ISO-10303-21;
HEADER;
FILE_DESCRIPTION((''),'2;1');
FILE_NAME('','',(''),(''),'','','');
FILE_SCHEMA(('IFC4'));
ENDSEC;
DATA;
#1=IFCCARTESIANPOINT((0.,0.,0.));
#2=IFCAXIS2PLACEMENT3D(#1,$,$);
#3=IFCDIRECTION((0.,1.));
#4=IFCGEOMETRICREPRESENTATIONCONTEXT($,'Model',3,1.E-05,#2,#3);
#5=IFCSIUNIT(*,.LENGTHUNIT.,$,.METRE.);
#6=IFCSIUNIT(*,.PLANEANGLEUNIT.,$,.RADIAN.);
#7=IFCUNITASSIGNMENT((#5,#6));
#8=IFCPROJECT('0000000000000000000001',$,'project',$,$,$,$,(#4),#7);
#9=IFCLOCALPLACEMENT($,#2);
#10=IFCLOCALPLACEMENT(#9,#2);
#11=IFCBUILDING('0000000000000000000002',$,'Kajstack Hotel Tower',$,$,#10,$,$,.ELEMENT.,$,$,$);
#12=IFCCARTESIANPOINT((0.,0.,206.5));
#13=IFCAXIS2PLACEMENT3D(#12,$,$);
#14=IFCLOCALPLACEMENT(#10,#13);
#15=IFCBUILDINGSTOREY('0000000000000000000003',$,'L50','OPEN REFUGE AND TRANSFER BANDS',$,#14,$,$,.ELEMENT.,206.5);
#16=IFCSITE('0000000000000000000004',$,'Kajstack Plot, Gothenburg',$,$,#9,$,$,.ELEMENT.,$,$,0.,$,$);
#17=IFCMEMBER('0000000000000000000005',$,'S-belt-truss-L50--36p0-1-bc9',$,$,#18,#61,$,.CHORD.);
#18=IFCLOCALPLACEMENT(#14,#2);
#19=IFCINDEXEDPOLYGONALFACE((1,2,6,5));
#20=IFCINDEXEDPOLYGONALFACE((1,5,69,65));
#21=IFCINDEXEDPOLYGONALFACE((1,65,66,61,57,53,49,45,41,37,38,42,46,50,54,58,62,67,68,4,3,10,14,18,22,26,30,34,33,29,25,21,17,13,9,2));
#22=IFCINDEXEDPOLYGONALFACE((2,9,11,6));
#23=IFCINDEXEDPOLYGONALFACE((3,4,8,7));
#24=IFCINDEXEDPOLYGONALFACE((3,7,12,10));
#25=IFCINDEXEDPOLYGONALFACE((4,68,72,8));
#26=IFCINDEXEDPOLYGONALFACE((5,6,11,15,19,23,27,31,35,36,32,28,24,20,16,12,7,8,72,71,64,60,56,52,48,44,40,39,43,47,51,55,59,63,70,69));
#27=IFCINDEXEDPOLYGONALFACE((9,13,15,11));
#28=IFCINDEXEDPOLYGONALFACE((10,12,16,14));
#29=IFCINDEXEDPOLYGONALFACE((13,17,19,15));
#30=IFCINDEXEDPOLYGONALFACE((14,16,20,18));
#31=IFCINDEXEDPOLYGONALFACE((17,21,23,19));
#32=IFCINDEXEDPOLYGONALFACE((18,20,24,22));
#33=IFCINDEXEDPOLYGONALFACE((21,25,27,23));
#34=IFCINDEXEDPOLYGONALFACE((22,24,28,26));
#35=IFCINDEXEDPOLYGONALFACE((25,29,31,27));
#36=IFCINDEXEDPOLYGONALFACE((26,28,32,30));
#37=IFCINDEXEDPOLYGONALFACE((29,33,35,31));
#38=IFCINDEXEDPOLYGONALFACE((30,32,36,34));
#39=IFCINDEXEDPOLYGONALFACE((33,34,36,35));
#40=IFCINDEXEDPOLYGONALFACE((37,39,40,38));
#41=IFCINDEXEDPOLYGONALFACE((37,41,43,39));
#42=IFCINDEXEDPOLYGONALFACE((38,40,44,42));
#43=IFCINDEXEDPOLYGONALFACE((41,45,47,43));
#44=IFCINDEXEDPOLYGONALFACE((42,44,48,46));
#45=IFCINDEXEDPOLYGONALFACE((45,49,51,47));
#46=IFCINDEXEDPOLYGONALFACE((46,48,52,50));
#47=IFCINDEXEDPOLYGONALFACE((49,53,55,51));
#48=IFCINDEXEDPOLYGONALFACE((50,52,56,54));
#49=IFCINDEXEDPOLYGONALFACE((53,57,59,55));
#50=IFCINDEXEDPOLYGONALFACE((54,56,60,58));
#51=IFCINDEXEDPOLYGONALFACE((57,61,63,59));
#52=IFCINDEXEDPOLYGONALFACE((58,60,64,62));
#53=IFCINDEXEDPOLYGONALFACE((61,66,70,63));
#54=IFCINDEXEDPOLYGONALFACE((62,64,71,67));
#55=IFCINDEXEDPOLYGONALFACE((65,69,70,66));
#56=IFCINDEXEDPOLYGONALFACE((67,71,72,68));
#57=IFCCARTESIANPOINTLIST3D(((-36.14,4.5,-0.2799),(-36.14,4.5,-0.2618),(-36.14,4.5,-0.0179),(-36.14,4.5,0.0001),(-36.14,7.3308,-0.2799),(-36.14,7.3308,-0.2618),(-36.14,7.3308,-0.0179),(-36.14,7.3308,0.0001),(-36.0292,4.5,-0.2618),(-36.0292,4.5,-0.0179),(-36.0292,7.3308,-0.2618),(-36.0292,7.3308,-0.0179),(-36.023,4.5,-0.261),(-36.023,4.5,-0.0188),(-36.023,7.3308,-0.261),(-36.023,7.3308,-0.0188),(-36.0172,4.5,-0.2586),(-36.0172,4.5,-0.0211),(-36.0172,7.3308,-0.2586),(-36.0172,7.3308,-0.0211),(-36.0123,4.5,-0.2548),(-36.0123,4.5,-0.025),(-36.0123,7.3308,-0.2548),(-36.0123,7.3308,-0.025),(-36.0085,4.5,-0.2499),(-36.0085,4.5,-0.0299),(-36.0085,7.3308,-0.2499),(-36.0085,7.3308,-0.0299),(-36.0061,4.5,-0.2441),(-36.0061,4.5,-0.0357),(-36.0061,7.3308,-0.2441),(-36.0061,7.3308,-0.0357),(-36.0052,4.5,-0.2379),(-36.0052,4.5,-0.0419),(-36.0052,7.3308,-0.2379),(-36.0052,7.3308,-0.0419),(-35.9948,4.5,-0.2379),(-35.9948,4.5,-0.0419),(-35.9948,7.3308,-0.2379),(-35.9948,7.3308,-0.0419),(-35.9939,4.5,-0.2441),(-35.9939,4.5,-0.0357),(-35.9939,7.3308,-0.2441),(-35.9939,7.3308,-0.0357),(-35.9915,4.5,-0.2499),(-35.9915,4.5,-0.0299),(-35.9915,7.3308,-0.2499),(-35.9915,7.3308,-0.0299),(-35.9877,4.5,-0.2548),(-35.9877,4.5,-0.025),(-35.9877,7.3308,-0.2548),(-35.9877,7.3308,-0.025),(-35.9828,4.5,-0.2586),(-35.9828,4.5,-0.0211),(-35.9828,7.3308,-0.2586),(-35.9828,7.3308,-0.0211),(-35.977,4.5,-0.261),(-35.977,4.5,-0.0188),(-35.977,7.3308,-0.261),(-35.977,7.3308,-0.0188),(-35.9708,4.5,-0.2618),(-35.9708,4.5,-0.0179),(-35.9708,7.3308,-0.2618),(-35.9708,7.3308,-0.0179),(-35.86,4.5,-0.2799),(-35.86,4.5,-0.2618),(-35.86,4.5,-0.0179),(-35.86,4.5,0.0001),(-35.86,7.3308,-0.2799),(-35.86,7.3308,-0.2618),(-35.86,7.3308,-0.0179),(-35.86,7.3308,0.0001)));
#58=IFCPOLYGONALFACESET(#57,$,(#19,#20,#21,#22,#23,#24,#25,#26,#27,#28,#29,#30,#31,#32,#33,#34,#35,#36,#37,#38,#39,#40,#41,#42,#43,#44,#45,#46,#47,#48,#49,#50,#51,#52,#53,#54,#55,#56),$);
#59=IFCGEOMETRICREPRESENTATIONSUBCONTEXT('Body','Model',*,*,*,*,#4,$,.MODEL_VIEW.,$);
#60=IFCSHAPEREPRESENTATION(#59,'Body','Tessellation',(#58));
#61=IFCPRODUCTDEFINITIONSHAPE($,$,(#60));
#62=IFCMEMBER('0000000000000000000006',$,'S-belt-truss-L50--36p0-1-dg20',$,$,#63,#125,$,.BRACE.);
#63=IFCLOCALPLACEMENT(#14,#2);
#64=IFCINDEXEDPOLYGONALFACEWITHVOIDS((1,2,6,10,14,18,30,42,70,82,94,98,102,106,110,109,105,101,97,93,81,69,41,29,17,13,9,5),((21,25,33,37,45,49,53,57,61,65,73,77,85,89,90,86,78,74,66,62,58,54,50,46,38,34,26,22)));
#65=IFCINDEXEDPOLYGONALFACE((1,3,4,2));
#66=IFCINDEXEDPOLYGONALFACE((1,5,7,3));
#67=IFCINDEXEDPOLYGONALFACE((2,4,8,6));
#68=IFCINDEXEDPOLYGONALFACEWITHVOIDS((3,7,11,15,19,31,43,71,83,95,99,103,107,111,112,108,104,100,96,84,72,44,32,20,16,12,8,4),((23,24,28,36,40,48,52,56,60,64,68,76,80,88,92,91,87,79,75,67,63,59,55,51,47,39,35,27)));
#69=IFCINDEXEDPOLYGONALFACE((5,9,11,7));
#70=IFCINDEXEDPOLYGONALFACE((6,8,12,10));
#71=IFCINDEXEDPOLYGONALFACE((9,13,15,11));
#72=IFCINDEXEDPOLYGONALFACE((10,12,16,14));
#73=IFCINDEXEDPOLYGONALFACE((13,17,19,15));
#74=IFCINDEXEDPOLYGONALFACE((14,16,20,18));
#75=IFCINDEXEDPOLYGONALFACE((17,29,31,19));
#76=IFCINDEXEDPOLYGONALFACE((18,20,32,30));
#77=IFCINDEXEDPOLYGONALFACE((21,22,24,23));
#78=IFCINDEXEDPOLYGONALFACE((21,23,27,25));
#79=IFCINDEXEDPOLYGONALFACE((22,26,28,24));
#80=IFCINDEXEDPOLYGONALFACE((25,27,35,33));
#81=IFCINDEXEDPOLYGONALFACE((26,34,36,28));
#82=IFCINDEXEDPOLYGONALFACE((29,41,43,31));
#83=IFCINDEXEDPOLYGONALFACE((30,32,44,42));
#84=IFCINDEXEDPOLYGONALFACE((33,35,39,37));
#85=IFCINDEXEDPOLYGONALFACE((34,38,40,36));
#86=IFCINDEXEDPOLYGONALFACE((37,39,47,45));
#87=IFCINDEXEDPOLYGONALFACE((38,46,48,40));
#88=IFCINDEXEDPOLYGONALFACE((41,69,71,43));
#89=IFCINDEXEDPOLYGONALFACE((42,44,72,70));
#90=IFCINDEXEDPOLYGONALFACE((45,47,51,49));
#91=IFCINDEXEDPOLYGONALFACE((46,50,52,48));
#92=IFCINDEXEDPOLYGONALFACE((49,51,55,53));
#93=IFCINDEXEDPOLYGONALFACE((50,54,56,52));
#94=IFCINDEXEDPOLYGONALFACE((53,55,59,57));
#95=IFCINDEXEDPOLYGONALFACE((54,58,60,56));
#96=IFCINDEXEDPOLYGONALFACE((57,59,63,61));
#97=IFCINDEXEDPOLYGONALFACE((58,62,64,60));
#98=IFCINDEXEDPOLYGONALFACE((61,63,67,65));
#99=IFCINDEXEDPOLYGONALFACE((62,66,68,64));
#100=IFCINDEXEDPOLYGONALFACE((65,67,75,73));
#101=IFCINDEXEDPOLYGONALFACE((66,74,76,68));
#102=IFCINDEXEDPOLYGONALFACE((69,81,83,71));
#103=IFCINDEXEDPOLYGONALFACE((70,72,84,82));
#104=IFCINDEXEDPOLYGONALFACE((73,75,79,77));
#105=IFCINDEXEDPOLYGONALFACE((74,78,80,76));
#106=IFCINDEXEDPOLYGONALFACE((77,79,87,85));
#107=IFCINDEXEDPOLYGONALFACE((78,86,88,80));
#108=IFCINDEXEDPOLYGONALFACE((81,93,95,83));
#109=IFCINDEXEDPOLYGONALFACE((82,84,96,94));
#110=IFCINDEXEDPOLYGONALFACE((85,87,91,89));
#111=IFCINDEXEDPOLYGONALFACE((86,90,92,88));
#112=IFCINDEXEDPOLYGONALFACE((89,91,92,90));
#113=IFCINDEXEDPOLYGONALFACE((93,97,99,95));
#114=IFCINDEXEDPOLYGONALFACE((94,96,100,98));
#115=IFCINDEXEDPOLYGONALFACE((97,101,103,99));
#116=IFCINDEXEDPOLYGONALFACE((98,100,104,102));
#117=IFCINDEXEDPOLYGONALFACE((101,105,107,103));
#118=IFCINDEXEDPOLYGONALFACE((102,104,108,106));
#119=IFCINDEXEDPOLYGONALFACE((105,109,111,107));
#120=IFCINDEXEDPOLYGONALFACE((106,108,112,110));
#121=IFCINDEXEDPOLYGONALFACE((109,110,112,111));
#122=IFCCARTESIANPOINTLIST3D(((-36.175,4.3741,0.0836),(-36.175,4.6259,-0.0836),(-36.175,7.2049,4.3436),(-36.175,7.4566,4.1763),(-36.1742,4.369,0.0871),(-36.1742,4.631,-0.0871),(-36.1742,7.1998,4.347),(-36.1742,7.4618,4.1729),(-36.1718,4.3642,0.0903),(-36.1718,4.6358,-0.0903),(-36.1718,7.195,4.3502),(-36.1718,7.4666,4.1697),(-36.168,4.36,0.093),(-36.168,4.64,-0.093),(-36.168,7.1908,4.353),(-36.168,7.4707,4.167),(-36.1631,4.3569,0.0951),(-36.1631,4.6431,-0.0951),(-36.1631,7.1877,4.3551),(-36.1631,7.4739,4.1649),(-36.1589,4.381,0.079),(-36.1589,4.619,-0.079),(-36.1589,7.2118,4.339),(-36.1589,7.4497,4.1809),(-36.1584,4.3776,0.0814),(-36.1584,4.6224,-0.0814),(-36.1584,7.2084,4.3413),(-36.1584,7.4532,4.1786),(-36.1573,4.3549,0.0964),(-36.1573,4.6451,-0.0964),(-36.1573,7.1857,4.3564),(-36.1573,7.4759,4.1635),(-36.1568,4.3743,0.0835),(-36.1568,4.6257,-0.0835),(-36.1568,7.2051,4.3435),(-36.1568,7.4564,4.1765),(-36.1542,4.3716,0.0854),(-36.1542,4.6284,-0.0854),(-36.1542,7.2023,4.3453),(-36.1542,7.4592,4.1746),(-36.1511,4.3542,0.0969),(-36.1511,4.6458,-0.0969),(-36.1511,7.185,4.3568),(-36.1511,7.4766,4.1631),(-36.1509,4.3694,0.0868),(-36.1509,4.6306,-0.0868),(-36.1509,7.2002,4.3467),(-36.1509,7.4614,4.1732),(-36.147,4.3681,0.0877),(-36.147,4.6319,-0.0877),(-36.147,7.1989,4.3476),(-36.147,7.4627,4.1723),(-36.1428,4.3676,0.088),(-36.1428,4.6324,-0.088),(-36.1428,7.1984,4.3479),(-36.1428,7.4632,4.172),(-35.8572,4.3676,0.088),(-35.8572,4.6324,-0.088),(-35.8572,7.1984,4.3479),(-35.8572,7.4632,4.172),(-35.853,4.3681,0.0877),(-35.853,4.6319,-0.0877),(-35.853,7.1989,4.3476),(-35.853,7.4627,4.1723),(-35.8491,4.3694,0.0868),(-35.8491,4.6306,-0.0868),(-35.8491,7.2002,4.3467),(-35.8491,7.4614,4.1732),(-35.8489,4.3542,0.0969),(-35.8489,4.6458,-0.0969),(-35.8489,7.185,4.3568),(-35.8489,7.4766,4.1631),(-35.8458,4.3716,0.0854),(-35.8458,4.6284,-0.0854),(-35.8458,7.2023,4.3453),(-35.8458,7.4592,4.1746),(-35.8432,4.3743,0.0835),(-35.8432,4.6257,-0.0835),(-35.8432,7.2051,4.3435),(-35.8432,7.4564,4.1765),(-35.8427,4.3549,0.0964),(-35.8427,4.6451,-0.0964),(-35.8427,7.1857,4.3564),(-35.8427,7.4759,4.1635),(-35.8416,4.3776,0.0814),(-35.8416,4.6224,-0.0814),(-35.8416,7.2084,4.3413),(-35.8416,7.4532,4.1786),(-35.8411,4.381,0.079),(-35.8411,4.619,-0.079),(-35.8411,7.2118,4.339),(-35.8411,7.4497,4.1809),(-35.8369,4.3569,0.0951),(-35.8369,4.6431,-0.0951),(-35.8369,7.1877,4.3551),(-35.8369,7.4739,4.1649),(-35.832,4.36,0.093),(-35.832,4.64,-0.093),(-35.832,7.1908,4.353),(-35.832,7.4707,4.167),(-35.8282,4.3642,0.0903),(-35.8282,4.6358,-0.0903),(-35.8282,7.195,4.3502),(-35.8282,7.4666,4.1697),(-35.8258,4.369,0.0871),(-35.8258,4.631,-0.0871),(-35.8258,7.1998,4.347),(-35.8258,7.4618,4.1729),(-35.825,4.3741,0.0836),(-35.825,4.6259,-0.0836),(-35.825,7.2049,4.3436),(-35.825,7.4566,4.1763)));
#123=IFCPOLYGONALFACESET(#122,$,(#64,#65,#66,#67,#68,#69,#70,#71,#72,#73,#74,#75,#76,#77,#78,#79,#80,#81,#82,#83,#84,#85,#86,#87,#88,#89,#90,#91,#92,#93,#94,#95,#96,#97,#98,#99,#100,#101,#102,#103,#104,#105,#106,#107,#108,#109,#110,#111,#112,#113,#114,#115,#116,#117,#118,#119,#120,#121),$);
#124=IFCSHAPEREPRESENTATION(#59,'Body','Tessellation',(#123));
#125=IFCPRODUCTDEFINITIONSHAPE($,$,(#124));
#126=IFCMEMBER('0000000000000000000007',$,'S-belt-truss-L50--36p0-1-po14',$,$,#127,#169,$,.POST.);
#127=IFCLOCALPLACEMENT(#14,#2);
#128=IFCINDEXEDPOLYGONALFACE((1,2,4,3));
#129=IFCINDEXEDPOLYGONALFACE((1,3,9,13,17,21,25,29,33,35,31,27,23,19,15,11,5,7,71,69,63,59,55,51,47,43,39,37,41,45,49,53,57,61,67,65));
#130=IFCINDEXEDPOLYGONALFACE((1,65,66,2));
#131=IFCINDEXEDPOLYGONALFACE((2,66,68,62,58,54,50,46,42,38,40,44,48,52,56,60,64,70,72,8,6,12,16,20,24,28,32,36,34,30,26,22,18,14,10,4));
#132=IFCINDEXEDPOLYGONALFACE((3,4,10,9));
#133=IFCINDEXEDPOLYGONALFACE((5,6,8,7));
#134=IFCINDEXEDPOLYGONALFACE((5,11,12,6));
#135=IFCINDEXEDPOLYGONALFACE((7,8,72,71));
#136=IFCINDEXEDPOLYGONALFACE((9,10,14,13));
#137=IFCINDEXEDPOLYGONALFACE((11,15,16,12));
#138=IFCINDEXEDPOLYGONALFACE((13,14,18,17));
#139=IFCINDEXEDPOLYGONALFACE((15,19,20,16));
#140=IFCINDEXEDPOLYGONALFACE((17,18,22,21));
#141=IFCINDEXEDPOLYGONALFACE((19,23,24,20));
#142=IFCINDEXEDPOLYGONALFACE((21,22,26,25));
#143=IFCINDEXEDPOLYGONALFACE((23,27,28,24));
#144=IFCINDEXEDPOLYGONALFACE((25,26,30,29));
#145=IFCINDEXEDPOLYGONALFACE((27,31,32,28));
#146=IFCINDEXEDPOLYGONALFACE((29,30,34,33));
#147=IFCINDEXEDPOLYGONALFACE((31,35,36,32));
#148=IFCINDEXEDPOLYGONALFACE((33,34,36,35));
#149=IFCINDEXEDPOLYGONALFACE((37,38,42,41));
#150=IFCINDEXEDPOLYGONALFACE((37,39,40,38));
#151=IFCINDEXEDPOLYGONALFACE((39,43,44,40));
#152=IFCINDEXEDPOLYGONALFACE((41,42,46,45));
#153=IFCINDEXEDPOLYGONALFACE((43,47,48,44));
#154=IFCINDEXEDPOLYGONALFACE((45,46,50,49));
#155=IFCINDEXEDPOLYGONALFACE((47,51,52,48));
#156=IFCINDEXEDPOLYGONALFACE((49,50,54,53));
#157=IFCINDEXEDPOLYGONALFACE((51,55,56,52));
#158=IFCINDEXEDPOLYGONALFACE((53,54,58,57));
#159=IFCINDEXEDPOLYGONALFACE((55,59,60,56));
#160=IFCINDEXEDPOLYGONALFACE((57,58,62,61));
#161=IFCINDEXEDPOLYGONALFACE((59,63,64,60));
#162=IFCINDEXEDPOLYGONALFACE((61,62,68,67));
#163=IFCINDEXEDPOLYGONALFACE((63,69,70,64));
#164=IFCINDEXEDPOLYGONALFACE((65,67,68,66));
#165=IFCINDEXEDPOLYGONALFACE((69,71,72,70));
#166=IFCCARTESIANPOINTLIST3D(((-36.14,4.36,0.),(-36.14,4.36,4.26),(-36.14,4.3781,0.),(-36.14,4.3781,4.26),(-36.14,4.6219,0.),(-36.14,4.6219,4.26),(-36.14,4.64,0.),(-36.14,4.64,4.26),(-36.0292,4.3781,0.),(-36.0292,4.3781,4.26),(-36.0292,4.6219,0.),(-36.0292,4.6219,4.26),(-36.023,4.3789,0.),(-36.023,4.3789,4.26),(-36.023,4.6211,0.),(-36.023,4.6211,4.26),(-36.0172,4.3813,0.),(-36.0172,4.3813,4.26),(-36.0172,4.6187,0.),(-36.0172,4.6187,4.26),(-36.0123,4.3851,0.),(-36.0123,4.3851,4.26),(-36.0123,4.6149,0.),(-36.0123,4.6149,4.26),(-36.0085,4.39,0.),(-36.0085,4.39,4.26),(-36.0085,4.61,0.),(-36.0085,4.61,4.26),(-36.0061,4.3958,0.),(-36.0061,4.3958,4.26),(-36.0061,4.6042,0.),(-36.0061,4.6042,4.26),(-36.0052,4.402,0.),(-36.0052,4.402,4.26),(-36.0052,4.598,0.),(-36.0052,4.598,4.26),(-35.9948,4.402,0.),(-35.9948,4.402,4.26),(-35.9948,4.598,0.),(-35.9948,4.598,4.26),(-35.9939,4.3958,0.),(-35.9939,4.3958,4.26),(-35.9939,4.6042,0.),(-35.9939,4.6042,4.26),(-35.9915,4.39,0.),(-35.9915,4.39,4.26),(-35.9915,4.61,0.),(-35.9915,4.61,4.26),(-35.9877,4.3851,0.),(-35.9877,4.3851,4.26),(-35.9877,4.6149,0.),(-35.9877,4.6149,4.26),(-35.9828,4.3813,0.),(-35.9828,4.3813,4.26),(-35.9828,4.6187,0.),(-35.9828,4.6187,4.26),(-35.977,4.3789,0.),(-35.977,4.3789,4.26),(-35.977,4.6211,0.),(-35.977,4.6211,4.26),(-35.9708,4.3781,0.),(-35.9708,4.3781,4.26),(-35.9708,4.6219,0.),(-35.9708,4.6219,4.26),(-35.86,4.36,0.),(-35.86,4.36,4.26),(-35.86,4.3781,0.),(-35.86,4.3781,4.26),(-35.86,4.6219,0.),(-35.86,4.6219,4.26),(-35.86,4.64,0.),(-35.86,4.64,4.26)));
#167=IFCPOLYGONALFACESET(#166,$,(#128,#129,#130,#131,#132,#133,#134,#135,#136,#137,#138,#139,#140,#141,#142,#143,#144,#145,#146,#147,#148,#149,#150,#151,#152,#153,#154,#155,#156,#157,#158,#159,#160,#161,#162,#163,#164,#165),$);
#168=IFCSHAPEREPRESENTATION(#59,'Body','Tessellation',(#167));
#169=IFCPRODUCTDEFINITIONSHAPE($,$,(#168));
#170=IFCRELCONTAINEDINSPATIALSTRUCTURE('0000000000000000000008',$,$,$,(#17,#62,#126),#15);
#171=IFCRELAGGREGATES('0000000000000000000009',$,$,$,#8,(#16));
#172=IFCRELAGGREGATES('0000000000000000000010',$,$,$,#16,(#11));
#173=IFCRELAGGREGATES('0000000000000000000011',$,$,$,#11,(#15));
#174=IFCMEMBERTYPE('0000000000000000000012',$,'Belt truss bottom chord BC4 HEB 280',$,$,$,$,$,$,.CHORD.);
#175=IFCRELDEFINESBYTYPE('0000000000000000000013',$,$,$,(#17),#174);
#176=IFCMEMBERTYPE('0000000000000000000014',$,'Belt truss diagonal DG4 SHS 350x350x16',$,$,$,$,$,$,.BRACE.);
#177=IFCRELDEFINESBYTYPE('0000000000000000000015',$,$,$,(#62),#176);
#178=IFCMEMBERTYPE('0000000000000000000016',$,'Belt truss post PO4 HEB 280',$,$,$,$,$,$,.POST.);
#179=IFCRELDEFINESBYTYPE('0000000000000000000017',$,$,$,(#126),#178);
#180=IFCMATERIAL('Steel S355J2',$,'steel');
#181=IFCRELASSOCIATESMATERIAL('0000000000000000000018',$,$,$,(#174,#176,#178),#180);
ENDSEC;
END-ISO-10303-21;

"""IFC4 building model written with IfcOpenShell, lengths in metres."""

from ifc_helpers import new_model, si_unit, direction, frame, origin, origin_2d, place, context, subcontext, project, spatial, hollow_rectangle, i_section, extrude, material, material_profile, profile_set, type_object, element, save


model = new_model("IFC4")

# Units and contexts
model_context = context("Model", 3, precision=1e-05, world=origin(), true_north=direction((0.0, 1.0)))
body_context = subcontext(model_context, "Body", "Model", "MODEL_VIEW")
ifc_project = project(units=[si_unit("LENGTHUNIT", "METRE"), si_unit("PLANEANGLEUNIT", "RADIAN")], contexts=[model_context])

# Site, building, storey
site_placement = place(None, origin())
site = spatial("IfcSite", under=ifc_project, at=site_placement, Name="Kajstack Plot, Gothenburg", CompositionType="ELEMENT", RefElevation=0.0)
building_placement = place(site_placement, origin())
building = spatial("IfcBuilding", under=site, at=building_placement, Name="Kajstack Hotel Tower", CompositionType="ELEMENT")
storey_placement = place(building_placement, frame((0.0, 0.0, 206.5)))
storey = spatial("IfcBuildingStorey", under=building, at=storey_placement, Name="L50", Description="OPEN REFUGE AND TRANSFER BANDS", CompositionType="ELEMENT", Elevation=206.5)

# Members
ifc_material_1 = material(Name="Steel S355J2", Category="steel")
ifc_material_profile_1 = material_profile(ifc_material_1, i_section(OverallWidth=0.28, OverallDepth=0.28, WebThickness=0.0105, FlangeThickness=0.0181, FilletRadius=0.0239, at=origin_2d()), Name="HEB 280")
ifc_profile_set_1 = profile_set([ifc_material_profile_1], Name="Steel S355J2")
member_type_1 = type_object("IfcMemberType", Name="Belt truss bottom chord BC4 HEB 280", PredefinedType="CHORD", material=ifc_profile_set_1)
member_1_placement = place(storey_placement, frame((-36.0, 4.5, -0.1399), z_axis=(0.0, 1.0, 0.0), x_axis=(-1.0, 0.0, 0.0)))
element("IfcMember", 1, at=member_1_placement, inside=storey, type_object=member_type_1, Name="S-belt-truss-L50--36p0-1-bc9", PredefinedType="CHORD", context=body_context, shape_type="SweptSolid", body=[
    extrude(i_section(OverallWidth=0.28, OverallDepth=0.28, WebThickness=0.0105, FlangeThickness=0.0181, FilletRadius=0.0239, at=origin_2d()), origin(), (0.0, 0.0, 1.0), 2.8308),
])
ifc_material_profile_2 = material_profile(ifc_material_1, hollow_rectangle(XDim=0.3501, YDim=0.3501, WallThickness=0.0161, InnerFilletRadius=0.0161, OuterFilletRadius=0.0239, at=origin_2d()), Name="SHS 350x350x16")
ifc_profile_set_2 = profile_set([ifc_material_profile_2], Name="Steel S355J2")
member_type_2 = type_object("IfcMemberType", Name="Belt truss diagonal DG4 SHS 350x350x16", PredefinedType="BRACE", material=ifc_profile_set_2)
member_2_placement = place(storey_placement, frame((-36.0, 4.5, 0.0), z_axis=(0.0, 0.553455, 0.832879), x_axis=(-1.0, 0.0, 0.0)))
element("IfcMember", 2, at=member_2_placement, inside=storey, type_object=member_type_2, Name="S-belt-truss-L50--36p0-1-dg20", PredefinedType="BRACE", context=body_context, shape_type="SweptSolid", body=[
    extrude(hollow_rectangle(XDim=0.3501, YDim=0.3501, WallThickness=0.0161, InnerFilletRadius=0.0161, OuterFilletRadius=0.0239, at=origin_2d()), origin(), (0.0, 0.0, 1.0), 5.1147),
])
ifc_material_profile_3 = material_profile(ifc_material_1, i_section(OverallWidth=0.28, OverallDepth=0.28, WebThickness=0.0105, FlangeThickness=0.0181, FilletRadius=0.0239, at=origin_2d()), Name="HEB 280")
ifc_profile_set_3 = profile_set([ifc_material_profile_3], Name="Steel S355J2")
member_type_3 = type_object("IfcMemberType", Name="Belt truss post PO4 HEB 280", PredefinedType="POST", material=ifc_profile_set_3)
member_3_placement = place(storey_placement, frame((-36.0, 4.5, 0.0), z_axis=(0.0, 0.0, 1.0), x_axis=(1.0, 0.0, 0.0)))
element("IfcMember", 3, at=member_3_placement, inside=storey, type_object=member_type_3, Name="S-belt-truss-L50--36p0-1-po14", PredefinedType="POST", context=body_context, shape_type="SweptSolid", body=[
    extrude(i_section(OverallWidth=0.28, OverallDepth=0.28, WebThickness=0.0105, FlangeThickness=0.0181, FilletRadius=0.0239, at=origin_2d()), origin(), (0.0, 0.0, 1.0), 4.26),
])

save(model, "model.ifc")
